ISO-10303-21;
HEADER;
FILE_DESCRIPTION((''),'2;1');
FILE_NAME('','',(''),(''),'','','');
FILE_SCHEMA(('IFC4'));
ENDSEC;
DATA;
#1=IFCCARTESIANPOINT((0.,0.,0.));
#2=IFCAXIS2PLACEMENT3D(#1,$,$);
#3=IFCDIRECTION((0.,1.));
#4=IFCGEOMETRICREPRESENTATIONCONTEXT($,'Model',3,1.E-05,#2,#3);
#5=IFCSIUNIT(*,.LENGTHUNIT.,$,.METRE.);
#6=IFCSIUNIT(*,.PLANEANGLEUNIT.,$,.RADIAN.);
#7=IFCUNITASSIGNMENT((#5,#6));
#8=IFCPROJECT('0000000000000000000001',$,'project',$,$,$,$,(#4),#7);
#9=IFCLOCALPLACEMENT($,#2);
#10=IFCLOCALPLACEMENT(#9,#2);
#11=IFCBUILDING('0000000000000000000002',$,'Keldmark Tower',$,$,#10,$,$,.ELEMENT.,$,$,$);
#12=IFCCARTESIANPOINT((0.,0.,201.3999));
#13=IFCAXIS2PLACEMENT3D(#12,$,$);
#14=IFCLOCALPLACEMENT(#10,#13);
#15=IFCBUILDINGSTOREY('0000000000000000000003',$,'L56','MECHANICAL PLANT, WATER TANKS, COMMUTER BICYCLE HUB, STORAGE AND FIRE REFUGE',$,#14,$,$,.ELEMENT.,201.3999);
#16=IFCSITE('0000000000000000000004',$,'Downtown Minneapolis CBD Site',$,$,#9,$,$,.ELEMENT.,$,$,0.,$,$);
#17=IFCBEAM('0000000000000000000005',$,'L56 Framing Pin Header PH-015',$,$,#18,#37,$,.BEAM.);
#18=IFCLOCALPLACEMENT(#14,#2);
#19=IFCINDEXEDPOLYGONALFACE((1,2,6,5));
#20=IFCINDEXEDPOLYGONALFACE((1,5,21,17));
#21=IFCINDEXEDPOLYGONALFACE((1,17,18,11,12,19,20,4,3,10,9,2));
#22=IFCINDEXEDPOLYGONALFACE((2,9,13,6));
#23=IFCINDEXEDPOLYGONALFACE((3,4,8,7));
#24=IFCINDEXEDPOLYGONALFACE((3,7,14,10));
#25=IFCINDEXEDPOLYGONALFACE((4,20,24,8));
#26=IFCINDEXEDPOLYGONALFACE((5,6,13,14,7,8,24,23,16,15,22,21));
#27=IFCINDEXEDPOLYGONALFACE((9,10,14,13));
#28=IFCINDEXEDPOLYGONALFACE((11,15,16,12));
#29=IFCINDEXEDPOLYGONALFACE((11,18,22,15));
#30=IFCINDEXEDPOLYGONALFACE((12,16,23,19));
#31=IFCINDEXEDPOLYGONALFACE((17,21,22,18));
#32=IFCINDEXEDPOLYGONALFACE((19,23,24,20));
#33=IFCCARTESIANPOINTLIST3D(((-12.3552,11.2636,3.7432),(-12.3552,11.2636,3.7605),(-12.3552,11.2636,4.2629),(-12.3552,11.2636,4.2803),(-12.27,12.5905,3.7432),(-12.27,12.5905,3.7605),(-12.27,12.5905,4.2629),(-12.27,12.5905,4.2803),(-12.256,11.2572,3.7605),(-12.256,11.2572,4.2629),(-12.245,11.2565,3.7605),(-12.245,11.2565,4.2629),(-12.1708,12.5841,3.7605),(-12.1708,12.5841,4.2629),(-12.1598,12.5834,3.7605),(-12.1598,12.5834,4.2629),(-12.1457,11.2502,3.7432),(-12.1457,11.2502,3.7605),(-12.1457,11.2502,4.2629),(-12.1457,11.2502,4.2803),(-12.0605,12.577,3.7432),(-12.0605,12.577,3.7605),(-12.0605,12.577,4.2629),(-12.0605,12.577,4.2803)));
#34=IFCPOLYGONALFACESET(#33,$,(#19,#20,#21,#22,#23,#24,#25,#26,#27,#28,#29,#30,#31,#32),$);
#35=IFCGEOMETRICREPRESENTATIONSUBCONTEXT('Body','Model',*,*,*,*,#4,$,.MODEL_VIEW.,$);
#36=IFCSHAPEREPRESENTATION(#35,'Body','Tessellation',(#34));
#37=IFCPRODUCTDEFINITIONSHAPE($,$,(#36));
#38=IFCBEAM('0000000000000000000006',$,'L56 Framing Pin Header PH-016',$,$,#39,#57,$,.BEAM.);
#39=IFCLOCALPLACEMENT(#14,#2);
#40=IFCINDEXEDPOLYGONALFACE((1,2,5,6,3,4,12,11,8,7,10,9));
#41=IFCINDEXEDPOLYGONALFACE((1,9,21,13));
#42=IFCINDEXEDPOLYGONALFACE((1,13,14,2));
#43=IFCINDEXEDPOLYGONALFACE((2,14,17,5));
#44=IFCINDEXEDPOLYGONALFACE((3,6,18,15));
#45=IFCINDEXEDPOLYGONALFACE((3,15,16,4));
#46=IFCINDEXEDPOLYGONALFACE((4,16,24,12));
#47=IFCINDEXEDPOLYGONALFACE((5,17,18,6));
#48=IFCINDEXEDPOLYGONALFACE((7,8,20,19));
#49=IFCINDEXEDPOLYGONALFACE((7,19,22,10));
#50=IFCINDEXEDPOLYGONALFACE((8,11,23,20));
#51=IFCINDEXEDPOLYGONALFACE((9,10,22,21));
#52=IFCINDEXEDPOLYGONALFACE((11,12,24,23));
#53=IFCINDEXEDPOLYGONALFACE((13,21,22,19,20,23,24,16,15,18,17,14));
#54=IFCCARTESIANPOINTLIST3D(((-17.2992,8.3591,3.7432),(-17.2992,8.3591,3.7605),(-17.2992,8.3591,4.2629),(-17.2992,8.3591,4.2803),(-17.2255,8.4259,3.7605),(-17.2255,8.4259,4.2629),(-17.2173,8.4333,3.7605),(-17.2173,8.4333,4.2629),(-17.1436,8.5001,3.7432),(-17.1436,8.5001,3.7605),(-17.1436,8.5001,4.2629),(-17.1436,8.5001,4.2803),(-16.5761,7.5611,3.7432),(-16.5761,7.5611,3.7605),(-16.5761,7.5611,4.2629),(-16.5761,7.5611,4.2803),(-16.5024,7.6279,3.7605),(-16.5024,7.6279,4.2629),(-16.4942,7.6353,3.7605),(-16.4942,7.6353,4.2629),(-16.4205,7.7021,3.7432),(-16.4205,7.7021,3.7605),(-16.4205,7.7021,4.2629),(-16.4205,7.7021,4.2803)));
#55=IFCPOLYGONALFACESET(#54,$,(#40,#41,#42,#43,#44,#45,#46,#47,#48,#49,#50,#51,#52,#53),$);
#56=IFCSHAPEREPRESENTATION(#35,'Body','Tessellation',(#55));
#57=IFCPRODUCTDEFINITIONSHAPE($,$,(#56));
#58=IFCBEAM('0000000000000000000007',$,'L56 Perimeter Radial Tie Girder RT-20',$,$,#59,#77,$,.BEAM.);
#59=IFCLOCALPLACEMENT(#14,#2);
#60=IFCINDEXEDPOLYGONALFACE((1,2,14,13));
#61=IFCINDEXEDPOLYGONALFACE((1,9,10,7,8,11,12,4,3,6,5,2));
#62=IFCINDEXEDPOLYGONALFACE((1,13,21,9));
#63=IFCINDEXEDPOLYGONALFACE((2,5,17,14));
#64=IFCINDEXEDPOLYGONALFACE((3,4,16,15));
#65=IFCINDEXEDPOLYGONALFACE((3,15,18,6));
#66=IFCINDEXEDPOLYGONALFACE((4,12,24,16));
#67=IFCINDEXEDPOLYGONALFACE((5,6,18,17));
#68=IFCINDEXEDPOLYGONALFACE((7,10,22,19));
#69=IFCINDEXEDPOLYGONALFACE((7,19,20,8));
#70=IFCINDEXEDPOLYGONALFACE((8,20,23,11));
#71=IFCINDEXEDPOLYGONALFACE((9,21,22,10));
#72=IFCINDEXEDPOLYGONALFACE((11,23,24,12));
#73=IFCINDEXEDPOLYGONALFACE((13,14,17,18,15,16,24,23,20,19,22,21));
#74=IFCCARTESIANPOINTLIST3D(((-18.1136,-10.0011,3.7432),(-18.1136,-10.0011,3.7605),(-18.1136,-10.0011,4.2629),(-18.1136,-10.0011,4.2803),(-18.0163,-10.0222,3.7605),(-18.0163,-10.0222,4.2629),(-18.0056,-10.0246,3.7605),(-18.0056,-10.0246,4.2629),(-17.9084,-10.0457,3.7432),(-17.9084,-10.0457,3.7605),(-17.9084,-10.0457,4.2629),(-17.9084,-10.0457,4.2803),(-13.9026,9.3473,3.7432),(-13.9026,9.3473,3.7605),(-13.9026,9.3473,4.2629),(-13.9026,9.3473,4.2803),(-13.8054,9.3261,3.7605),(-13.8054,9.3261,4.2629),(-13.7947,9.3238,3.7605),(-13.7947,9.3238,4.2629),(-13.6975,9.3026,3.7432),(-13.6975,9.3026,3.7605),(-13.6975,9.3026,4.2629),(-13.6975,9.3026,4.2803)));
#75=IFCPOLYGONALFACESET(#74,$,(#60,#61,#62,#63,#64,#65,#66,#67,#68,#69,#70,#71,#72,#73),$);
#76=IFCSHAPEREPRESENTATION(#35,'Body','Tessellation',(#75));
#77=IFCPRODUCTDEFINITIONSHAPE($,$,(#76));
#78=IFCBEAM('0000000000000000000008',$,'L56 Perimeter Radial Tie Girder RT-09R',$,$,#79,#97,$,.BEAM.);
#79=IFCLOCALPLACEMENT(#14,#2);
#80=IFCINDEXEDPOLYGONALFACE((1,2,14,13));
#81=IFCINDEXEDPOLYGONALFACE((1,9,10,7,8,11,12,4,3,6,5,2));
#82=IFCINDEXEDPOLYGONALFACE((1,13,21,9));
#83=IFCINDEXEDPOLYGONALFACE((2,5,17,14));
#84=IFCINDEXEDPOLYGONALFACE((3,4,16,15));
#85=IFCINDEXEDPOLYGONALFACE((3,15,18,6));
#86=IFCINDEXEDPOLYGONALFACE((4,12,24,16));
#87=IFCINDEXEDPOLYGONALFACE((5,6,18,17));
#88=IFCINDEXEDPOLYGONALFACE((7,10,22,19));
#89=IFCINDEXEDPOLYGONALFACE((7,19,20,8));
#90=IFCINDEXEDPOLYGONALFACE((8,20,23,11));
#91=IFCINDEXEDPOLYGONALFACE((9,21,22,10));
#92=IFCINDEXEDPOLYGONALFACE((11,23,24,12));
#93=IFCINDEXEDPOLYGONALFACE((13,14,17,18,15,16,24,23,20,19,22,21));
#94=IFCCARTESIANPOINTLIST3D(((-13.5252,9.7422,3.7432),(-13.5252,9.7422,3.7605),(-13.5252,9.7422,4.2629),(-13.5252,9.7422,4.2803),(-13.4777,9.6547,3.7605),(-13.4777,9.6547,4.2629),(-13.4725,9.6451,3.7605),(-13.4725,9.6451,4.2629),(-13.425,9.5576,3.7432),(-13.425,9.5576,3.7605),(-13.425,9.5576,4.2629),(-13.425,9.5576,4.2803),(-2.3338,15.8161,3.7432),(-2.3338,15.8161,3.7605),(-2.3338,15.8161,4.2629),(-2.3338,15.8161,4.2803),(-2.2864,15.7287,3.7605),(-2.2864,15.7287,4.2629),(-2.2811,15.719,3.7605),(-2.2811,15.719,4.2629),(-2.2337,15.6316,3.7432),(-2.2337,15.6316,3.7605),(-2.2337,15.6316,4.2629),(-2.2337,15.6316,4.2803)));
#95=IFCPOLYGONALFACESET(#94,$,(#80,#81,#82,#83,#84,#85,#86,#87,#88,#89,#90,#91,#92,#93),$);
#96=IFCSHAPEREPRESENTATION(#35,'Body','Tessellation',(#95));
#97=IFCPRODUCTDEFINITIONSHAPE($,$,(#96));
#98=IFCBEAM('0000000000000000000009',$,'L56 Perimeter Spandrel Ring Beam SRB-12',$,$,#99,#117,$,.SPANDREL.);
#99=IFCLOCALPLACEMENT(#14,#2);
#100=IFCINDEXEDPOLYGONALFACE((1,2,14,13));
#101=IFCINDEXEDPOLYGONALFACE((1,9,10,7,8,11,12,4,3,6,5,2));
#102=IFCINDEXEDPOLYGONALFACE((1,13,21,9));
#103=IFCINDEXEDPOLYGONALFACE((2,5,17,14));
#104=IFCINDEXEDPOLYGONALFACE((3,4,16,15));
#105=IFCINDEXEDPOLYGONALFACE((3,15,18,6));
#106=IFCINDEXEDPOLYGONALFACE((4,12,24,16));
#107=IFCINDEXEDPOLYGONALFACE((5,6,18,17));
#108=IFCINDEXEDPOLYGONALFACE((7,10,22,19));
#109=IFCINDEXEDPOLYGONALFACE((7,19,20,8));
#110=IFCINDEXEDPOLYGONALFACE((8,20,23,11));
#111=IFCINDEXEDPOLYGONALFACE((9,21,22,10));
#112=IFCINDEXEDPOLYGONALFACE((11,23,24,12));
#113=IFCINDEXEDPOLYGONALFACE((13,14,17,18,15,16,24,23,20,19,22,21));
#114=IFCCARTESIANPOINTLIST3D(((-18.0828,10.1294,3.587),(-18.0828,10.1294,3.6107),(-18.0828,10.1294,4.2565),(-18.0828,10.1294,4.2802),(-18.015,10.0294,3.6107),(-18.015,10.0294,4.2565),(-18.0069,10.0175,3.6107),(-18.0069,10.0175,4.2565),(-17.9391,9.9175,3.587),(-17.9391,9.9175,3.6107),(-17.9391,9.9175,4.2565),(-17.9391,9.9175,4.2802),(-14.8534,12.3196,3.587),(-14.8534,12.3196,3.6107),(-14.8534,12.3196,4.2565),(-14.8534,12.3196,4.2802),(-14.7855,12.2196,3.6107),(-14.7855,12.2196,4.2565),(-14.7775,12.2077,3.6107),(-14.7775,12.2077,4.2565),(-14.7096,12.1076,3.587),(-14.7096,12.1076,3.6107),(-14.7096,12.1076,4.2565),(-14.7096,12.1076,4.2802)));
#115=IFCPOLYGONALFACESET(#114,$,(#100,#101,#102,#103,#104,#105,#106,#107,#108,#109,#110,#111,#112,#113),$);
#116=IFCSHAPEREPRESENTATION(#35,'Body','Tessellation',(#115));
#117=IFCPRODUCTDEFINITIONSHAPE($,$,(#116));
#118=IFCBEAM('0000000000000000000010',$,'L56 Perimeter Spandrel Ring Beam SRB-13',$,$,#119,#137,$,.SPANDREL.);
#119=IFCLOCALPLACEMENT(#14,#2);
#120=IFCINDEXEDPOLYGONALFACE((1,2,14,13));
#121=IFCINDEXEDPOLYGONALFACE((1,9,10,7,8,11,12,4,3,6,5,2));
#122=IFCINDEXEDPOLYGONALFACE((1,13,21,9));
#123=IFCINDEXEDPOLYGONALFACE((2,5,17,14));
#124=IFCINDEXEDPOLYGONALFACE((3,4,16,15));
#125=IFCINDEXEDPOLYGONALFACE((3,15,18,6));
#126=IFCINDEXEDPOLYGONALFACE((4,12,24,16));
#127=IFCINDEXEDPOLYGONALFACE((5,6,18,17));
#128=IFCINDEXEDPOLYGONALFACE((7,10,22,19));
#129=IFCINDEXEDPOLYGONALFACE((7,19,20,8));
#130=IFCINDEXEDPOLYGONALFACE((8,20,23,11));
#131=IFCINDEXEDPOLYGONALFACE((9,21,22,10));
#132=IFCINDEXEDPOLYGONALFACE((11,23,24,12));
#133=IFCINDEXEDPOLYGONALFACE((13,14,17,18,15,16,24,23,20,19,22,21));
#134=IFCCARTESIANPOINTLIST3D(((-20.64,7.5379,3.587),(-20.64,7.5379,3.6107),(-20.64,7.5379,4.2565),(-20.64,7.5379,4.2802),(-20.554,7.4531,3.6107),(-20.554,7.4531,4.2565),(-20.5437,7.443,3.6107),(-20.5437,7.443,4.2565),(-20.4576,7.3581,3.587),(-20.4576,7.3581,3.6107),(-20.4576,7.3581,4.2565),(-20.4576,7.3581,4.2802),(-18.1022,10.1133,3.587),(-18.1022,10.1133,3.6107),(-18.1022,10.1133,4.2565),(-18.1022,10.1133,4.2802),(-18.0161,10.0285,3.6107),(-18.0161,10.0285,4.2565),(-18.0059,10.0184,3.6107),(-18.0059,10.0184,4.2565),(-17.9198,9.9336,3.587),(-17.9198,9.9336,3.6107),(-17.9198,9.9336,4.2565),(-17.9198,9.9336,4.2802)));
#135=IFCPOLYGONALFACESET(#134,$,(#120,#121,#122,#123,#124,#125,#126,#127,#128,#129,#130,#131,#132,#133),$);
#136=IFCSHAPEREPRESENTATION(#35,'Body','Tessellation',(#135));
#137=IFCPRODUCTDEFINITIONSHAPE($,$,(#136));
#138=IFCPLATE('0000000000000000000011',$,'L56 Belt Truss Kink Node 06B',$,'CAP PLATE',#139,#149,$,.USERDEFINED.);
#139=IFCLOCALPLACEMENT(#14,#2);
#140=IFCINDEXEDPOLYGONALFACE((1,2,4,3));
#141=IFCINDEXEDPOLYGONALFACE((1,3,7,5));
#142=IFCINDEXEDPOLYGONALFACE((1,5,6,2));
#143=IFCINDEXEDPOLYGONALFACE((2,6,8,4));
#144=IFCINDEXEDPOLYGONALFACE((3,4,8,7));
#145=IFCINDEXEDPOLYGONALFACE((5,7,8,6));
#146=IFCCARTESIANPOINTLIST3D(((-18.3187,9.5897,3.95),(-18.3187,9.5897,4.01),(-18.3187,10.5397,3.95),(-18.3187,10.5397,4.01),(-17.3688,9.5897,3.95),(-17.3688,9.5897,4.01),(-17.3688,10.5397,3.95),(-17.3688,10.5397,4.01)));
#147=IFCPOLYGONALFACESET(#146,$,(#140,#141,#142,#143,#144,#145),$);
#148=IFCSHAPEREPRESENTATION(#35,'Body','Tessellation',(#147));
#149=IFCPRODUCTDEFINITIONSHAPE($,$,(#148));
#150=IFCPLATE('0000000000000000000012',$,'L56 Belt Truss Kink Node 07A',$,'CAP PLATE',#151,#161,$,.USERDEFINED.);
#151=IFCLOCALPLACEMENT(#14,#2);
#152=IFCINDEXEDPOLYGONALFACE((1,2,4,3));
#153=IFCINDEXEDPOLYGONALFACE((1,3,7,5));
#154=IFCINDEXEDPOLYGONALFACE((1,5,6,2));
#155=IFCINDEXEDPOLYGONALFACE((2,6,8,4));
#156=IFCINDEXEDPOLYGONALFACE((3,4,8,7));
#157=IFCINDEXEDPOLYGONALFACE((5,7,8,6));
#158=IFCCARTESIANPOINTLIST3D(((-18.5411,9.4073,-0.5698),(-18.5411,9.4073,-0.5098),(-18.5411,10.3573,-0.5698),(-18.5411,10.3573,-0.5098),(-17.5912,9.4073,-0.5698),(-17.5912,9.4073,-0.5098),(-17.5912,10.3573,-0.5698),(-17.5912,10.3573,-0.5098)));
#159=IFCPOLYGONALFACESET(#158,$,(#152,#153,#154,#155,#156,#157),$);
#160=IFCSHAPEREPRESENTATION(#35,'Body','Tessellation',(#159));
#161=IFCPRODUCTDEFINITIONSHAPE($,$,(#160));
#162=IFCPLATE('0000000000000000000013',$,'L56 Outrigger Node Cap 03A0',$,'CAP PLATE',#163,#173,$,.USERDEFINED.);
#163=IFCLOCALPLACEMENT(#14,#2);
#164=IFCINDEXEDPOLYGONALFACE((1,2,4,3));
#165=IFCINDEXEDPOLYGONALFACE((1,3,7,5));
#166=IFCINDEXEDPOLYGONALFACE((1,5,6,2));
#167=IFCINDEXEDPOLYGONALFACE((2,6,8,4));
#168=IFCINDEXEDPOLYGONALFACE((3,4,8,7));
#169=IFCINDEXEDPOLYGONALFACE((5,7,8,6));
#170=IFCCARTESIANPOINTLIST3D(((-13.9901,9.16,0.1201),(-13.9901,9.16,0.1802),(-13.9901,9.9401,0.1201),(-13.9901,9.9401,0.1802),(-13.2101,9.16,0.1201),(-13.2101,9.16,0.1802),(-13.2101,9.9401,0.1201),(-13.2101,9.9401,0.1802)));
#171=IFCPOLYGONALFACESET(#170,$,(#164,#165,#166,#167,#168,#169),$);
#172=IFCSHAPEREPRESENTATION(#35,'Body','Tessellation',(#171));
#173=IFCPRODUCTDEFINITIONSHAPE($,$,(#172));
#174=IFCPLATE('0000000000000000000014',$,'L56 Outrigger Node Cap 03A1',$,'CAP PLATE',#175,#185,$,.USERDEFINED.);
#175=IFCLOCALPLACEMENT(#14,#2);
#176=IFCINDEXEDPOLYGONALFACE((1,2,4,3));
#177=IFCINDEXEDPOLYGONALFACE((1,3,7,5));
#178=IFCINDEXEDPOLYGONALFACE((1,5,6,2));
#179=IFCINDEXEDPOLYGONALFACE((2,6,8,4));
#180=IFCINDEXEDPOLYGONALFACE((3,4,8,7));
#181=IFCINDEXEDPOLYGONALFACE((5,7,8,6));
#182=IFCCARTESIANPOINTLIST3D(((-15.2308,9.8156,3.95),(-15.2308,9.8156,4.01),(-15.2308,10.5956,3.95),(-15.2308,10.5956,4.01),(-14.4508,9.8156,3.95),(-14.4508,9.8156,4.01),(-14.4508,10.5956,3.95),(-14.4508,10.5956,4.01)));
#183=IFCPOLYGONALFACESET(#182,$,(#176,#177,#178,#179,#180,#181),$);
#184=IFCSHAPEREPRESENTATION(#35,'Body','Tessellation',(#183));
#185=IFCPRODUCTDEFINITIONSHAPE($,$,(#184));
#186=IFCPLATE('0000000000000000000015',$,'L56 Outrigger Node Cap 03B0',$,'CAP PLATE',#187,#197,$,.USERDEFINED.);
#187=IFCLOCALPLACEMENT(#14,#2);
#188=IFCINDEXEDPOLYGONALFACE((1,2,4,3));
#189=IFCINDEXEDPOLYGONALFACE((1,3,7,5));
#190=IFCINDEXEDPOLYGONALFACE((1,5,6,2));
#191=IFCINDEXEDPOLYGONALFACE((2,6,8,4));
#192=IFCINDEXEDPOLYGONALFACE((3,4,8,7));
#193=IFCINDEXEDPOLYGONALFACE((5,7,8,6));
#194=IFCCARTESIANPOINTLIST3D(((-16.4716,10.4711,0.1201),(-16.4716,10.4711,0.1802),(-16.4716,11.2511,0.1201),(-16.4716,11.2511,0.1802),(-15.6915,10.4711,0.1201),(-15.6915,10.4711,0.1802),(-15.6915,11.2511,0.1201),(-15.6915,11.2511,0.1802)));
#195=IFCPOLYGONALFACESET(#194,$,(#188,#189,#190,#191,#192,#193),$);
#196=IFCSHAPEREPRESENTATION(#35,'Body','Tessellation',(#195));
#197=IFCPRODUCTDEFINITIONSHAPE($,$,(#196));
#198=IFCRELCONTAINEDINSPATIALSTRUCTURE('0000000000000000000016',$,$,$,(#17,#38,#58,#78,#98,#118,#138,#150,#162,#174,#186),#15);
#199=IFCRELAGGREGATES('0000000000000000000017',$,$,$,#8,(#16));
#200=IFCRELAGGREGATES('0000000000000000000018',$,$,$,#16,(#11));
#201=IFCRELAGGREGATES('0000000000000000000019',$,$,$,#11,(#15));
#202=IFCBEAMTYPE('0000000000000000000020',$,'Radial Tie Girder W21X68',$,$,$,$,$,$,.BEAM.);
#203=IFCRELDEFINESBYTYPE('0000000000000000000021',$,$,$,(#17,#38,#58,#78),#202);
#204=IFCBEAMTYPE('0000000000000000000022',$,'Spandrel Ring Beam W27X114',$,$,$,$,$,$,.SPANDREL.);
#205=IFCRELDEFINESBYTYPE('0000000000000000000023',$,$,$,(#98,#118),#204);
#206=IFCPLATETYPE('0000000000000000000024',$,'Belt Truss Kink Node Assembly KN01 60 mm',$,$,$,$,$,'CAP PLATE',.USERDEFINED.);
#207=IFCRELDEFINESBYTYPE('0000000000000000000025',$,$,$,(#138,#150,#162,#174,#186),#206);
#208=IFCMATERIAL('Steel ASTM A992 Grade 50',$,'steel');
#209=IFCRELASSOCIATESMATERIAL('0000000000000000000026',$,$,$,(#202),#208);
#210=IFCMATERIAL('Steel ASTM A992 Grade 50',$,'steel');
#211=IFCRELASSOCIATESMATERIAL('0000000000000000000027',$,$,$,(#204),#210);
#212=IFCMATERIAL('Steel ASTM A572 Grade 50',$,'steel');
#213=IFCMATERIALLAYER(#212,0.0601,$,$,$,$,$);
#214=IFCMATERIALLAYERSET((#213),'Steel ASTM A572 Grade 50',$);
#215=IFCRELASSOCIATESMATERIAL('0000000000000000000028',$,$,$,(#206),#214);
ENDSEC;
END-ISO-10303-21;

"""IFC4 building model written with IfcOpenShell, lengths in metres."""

from ifc_helpers import new_model, si_unit, direction, frame, origin, origin_2d, place, context, subcontext, project, spatial, rectangle, i_section, extrude, material, layer, layer_set, material_profile, profile_set, type_object, element, save


model = new_model("IFC4")

# Units and contexts
model_context = context("Model", 3, precision=1e-05, world=origin(), true_north=direction((0.0, 1.0)))
body_context = subcontext(model_context, "Body", "Model", "MODEL_VIEW")
ifc_project = project(units=[si_unit("LENGTHUNIT", "METRE"), si_unit("PLANEANGLEUNIT", "RADIAN")], contexts=[model_context])

# Site, building, storey
site_placement = place(None, origin())
site = spatial("IfcSite", under=ifc_project, at=site_placement, Name="Downtown Minneapolis CBD Site", CompositionType="ELEMENT", RefElevation=0.0)
building_placement = place(site_placement, origin())
building = spatial("IfcBuilding", under=site, at=building_placement, Name="Keldmark Tower", CompositionType="ELEMENT")
storey_placement = place(building_placement, frame((0.0, 0.0, 201.3999)))
storey = spatial("IfcBuildingStorey", under=building, at=storey_placement, Name="L56", Description="MECHANICAL PLANT, WATER TANKS, COMMUTER BICYCLE HUB, STORAGE AND FIRE REFUGE", CompositionType="ELEMENT", Elevation=201.3999)

# Beams
ifc_material_1 = material(Name="Steel ASTM A992 Grade 50", Category="steel")
ifc_material_profile_1 = material_profile(ifc_material_1, i_section(OverallWidth=0.21, OverallDepth=0.5371, WebThickness=0.011, FlangeThickness=0.0173, at=origin_2d()), Name="W21X68")
ifc_profile_set_1 = profile_set([ifc_material_profile_1], Name="Steel ASTM A992 Grade 50")
beam_type_1 = type_object("IfcBeamType", Name="Radial Tie Girder W21X68", PredefinedType="BEAM", material=ifc_profile_set_1)
beam_1_placement = place(storey_placement, frame((-12.1653, 12.5837, 4.0117), z_axis=(-0.064081, -0.997945, 0.0), x_axis=(0.997945, -0.064081, 0.0)))
element("IfcBeam", 1, at=beam_1_placement, inside=storey, type_object=beam_type_1, Name="L56 Framing Pin Header PH-015", PredefinedType="BEAM", context=body_context, shape_type="SweptSolid", body=[
    extrude(i_section(OverallWidth=0.21, OverallDepth=0.5371, WebThickness=0.011, FlangeThickness=0.0173, at=origin_2d()), origin(), (0.0, 0.0, 1.0), 1.3296),
])
beam_2_placement = place(storey_placement, frame((-16.4983, 7.6316, 4.0117), z_axis=(-0.671453, 0.741047, 0.0), x_axis=(-0.741047, -0.671453, 0.0)))
element("IfcBeam", 2, at=beam_2_placement, inside=storey, type_object=beam_type_1, Name="L56 Framing Pin Header PH-016", PredefinedType="BEAM", context=body_context, shape_type="SweptSolid", body=[
    extrude(i_section(OverallWidth=0.21, OverallDepth=0.5371, WebThickness=0.011, FlangeThickness=0.0173, at=origin_2d()), origin(), (0.0, 0.0, 1.0), 1.0769),
])
beam_3_placement = place(storey_placement, frame((-13.8, 9.325, 4.0117), z_axis=(-0.212659, -0.977126, 0.0), x_axis=(0.977126, -0.212659, 0.0)))
element("IfcBeam", 3, at=beam_3_placement, inside=storey, type_object=beam_type_1, Name="L56 Perimeter Radial Tie Girder RT-20", PredefinedType="BEAM", context=body_context, shape_type="SweptSolid", body=[
    extrude(i_section(OverallWidth=0.21, OverallDepth=0.5371, WebThickness=0.011, FlangeThickness=0.0173, at=origin_2d()), origin(), (0.0, 0.0, 1.0), 19.8013),
])
beam_4_placement = place(storey_placement, frame((-13.4751, 9.6499, 4.0117), z_axis=(0.878898, 0.477009, 0.0), x_axis=(-0.477009, 0.878898, 0.0)))
element("IfcBeam", 4, at=beam_4_placement, inside=storey, type_object=beam_type_1, Name="L56 Perimeter Radial Tie Girder RT-09R", PredefinedType="BEAM", context=body_context, shape_type="SweptSolid", body=[
    extrude(i_section(OverallWidth=0.21, OverallDepth=0.5371, WebThickness=0.011, FlangeThickness=0.0173, at=origin_2d()), origin(), (0.0, 0.0, 1.0), 12.7334),
])
ifc_material_2 = material(Name="Steel ASTM A992 Grade 50", Category="steel")
ifc_material_profile_2 = material_profile(ifc_material_2, i_section(OverallWidth=0.2561, OverallDepth=0.6931, WebThickness=0.0144, FlangeThickness=0.0237, at=origin_2d()), Name="W27X114")
ifc_profile_set_2 = profile_set([ifc_material_profile_2], Name="Steel ASTM A992 Grade 50")
beam_type_2 = type_object("IfcBeamType", Name="Spandrel Ring Beam W27X114", PredefinedType="SPANDREL", material=ifc_profile_set_2)
beam_5_placement = place(storey_placement, frame((-14.7815, 12.2136, 3.9336), z_axis=(-0.827625, -0.561281, 0.0), x_axis=(0.561281, -0.827625, 0.0)))
element("IfcBeam", 5, at=beam_5_placement, inside=storey, type_object=beam_type_2, Name="L56 Perimeter Spandrel Ring Beam SRB-12", PredefinedType="SPANDREL", context=body_context, shape_type="SweptSolid", body=[
    extrude(i_section(OverallWidth=0.2561, OverallDepth=0.6931, WebThickness=0.0144, FlangeThickness=0.0237, at=origin_2d()), origin(), (0.0, 0.0, 1.0), 3.9021),
])
beam_6_placement = place(storey_placement, frame((-18.011, 10.0234, 3.9336), z_axis=(-0.701888, -0.712287, 0.0), x_axis=(0.712287, -0.701888, 0.0)))
element("IfcBeam", 6, at=beam_6_placement, inside=storey, type_object=beam_type_2, Name="L56 Perimeter Spandrel Ring Beam SRB-13", PredefinedType="SPANDREL", context=body_context, shape_type="SweptSolid", body=[
    extrude(i_section(OverallWidth=0.2561, OverallDepth=0.6931, WebThickness=0.0144, FlangeThickness=0.0237, at=origin_2d()), origin(), (0.0, 0.0, 1.0), 3.6157),
])

# Plates
ifc_material_3 = material(Name="Steel ASTM A572 Grade 50", Category="steel")
ifc_layer_1 = layer(ifc_material_3, 0.0601)
ifc_layer_set_1 = layer_set([ifc_layer_1], Name="Steel ASTM A572 Grade 50")
plate_type_1 = type_object("IfcPlateType", Name="Belt Truss Kink Node Assembly KN01 60 mm", ElementType="CAP PLATE", PredefinedType="USERDEFINED", material=ifc_layer_set_1)
for number, where, z_axis, x_axis, name in (
    (7, (-17.8438, 10.0647, 3.95), (0.0, 0.0, 1.0), (1.0, 0.0, 0.0), "L56 Belt Truss Kink Node 06B"),
    (8, (-18.0662, 9.8823, -0.5698), (0.0, 0.0, 1.0), (1.0, 0.0, 0.0), "L56 Belt Truss Kink Node 07A"),
):
    element("IfcPlate", number, at=place(storey_placement, frame(where, z_axis=z_axis, x_axis=x_axis)), inside=storey, type_object=plate_type_1, Name=name, ObjectType="CAP PLATE", PredefinedType="USERDEFINED", context=body_context, shape_type="SweptSolid", body=[
        extrude(rectangle(XDim=0.95, YDim=0.95, at=origin_2d()), origin(), (0.0, 0.0, 1.0), 0.0601),
    ])
for number, where, z_axis, x_axis, name in (
    (9, (-13.6001, 9.55, 0.1201), (0.0, 0.0, 1.0), (1.0, 0.0, 0.0), "L56 Outrigger Node Cap 03A0"),
    (10, (-14.8408, 10.2056, 3.95), (0.0, 0.0, 1.0), (1.0, 0.0, 0.0), "L56 Outrigger Node Cap 03A1"),
    (11, (-16.0815, 10.8611, 0.1201), (0.0, 0.0, 1.0), (1.0, 0.0, 0.0), "L56 Outrigger Node Cap 03B0"),
):
    element("IfcPlate", number, at=place(storey_placement, frame(where, z_axis=z_axis, x_axis=x_axis)), inside=storey, type_object=plate_type_1, Name=name, ObjectType="CAP PLATE", PredefinedType="USERDEFINED", context=body_context, shape_type="SweptSolid", body=[
        extrude(rectangle(XDim=0.78, YDim=0.78, at=origin_2d()), origin(), (0.0, 0.0, 1.0), 0.0601),
    ])

save(model, "model.ifc")
